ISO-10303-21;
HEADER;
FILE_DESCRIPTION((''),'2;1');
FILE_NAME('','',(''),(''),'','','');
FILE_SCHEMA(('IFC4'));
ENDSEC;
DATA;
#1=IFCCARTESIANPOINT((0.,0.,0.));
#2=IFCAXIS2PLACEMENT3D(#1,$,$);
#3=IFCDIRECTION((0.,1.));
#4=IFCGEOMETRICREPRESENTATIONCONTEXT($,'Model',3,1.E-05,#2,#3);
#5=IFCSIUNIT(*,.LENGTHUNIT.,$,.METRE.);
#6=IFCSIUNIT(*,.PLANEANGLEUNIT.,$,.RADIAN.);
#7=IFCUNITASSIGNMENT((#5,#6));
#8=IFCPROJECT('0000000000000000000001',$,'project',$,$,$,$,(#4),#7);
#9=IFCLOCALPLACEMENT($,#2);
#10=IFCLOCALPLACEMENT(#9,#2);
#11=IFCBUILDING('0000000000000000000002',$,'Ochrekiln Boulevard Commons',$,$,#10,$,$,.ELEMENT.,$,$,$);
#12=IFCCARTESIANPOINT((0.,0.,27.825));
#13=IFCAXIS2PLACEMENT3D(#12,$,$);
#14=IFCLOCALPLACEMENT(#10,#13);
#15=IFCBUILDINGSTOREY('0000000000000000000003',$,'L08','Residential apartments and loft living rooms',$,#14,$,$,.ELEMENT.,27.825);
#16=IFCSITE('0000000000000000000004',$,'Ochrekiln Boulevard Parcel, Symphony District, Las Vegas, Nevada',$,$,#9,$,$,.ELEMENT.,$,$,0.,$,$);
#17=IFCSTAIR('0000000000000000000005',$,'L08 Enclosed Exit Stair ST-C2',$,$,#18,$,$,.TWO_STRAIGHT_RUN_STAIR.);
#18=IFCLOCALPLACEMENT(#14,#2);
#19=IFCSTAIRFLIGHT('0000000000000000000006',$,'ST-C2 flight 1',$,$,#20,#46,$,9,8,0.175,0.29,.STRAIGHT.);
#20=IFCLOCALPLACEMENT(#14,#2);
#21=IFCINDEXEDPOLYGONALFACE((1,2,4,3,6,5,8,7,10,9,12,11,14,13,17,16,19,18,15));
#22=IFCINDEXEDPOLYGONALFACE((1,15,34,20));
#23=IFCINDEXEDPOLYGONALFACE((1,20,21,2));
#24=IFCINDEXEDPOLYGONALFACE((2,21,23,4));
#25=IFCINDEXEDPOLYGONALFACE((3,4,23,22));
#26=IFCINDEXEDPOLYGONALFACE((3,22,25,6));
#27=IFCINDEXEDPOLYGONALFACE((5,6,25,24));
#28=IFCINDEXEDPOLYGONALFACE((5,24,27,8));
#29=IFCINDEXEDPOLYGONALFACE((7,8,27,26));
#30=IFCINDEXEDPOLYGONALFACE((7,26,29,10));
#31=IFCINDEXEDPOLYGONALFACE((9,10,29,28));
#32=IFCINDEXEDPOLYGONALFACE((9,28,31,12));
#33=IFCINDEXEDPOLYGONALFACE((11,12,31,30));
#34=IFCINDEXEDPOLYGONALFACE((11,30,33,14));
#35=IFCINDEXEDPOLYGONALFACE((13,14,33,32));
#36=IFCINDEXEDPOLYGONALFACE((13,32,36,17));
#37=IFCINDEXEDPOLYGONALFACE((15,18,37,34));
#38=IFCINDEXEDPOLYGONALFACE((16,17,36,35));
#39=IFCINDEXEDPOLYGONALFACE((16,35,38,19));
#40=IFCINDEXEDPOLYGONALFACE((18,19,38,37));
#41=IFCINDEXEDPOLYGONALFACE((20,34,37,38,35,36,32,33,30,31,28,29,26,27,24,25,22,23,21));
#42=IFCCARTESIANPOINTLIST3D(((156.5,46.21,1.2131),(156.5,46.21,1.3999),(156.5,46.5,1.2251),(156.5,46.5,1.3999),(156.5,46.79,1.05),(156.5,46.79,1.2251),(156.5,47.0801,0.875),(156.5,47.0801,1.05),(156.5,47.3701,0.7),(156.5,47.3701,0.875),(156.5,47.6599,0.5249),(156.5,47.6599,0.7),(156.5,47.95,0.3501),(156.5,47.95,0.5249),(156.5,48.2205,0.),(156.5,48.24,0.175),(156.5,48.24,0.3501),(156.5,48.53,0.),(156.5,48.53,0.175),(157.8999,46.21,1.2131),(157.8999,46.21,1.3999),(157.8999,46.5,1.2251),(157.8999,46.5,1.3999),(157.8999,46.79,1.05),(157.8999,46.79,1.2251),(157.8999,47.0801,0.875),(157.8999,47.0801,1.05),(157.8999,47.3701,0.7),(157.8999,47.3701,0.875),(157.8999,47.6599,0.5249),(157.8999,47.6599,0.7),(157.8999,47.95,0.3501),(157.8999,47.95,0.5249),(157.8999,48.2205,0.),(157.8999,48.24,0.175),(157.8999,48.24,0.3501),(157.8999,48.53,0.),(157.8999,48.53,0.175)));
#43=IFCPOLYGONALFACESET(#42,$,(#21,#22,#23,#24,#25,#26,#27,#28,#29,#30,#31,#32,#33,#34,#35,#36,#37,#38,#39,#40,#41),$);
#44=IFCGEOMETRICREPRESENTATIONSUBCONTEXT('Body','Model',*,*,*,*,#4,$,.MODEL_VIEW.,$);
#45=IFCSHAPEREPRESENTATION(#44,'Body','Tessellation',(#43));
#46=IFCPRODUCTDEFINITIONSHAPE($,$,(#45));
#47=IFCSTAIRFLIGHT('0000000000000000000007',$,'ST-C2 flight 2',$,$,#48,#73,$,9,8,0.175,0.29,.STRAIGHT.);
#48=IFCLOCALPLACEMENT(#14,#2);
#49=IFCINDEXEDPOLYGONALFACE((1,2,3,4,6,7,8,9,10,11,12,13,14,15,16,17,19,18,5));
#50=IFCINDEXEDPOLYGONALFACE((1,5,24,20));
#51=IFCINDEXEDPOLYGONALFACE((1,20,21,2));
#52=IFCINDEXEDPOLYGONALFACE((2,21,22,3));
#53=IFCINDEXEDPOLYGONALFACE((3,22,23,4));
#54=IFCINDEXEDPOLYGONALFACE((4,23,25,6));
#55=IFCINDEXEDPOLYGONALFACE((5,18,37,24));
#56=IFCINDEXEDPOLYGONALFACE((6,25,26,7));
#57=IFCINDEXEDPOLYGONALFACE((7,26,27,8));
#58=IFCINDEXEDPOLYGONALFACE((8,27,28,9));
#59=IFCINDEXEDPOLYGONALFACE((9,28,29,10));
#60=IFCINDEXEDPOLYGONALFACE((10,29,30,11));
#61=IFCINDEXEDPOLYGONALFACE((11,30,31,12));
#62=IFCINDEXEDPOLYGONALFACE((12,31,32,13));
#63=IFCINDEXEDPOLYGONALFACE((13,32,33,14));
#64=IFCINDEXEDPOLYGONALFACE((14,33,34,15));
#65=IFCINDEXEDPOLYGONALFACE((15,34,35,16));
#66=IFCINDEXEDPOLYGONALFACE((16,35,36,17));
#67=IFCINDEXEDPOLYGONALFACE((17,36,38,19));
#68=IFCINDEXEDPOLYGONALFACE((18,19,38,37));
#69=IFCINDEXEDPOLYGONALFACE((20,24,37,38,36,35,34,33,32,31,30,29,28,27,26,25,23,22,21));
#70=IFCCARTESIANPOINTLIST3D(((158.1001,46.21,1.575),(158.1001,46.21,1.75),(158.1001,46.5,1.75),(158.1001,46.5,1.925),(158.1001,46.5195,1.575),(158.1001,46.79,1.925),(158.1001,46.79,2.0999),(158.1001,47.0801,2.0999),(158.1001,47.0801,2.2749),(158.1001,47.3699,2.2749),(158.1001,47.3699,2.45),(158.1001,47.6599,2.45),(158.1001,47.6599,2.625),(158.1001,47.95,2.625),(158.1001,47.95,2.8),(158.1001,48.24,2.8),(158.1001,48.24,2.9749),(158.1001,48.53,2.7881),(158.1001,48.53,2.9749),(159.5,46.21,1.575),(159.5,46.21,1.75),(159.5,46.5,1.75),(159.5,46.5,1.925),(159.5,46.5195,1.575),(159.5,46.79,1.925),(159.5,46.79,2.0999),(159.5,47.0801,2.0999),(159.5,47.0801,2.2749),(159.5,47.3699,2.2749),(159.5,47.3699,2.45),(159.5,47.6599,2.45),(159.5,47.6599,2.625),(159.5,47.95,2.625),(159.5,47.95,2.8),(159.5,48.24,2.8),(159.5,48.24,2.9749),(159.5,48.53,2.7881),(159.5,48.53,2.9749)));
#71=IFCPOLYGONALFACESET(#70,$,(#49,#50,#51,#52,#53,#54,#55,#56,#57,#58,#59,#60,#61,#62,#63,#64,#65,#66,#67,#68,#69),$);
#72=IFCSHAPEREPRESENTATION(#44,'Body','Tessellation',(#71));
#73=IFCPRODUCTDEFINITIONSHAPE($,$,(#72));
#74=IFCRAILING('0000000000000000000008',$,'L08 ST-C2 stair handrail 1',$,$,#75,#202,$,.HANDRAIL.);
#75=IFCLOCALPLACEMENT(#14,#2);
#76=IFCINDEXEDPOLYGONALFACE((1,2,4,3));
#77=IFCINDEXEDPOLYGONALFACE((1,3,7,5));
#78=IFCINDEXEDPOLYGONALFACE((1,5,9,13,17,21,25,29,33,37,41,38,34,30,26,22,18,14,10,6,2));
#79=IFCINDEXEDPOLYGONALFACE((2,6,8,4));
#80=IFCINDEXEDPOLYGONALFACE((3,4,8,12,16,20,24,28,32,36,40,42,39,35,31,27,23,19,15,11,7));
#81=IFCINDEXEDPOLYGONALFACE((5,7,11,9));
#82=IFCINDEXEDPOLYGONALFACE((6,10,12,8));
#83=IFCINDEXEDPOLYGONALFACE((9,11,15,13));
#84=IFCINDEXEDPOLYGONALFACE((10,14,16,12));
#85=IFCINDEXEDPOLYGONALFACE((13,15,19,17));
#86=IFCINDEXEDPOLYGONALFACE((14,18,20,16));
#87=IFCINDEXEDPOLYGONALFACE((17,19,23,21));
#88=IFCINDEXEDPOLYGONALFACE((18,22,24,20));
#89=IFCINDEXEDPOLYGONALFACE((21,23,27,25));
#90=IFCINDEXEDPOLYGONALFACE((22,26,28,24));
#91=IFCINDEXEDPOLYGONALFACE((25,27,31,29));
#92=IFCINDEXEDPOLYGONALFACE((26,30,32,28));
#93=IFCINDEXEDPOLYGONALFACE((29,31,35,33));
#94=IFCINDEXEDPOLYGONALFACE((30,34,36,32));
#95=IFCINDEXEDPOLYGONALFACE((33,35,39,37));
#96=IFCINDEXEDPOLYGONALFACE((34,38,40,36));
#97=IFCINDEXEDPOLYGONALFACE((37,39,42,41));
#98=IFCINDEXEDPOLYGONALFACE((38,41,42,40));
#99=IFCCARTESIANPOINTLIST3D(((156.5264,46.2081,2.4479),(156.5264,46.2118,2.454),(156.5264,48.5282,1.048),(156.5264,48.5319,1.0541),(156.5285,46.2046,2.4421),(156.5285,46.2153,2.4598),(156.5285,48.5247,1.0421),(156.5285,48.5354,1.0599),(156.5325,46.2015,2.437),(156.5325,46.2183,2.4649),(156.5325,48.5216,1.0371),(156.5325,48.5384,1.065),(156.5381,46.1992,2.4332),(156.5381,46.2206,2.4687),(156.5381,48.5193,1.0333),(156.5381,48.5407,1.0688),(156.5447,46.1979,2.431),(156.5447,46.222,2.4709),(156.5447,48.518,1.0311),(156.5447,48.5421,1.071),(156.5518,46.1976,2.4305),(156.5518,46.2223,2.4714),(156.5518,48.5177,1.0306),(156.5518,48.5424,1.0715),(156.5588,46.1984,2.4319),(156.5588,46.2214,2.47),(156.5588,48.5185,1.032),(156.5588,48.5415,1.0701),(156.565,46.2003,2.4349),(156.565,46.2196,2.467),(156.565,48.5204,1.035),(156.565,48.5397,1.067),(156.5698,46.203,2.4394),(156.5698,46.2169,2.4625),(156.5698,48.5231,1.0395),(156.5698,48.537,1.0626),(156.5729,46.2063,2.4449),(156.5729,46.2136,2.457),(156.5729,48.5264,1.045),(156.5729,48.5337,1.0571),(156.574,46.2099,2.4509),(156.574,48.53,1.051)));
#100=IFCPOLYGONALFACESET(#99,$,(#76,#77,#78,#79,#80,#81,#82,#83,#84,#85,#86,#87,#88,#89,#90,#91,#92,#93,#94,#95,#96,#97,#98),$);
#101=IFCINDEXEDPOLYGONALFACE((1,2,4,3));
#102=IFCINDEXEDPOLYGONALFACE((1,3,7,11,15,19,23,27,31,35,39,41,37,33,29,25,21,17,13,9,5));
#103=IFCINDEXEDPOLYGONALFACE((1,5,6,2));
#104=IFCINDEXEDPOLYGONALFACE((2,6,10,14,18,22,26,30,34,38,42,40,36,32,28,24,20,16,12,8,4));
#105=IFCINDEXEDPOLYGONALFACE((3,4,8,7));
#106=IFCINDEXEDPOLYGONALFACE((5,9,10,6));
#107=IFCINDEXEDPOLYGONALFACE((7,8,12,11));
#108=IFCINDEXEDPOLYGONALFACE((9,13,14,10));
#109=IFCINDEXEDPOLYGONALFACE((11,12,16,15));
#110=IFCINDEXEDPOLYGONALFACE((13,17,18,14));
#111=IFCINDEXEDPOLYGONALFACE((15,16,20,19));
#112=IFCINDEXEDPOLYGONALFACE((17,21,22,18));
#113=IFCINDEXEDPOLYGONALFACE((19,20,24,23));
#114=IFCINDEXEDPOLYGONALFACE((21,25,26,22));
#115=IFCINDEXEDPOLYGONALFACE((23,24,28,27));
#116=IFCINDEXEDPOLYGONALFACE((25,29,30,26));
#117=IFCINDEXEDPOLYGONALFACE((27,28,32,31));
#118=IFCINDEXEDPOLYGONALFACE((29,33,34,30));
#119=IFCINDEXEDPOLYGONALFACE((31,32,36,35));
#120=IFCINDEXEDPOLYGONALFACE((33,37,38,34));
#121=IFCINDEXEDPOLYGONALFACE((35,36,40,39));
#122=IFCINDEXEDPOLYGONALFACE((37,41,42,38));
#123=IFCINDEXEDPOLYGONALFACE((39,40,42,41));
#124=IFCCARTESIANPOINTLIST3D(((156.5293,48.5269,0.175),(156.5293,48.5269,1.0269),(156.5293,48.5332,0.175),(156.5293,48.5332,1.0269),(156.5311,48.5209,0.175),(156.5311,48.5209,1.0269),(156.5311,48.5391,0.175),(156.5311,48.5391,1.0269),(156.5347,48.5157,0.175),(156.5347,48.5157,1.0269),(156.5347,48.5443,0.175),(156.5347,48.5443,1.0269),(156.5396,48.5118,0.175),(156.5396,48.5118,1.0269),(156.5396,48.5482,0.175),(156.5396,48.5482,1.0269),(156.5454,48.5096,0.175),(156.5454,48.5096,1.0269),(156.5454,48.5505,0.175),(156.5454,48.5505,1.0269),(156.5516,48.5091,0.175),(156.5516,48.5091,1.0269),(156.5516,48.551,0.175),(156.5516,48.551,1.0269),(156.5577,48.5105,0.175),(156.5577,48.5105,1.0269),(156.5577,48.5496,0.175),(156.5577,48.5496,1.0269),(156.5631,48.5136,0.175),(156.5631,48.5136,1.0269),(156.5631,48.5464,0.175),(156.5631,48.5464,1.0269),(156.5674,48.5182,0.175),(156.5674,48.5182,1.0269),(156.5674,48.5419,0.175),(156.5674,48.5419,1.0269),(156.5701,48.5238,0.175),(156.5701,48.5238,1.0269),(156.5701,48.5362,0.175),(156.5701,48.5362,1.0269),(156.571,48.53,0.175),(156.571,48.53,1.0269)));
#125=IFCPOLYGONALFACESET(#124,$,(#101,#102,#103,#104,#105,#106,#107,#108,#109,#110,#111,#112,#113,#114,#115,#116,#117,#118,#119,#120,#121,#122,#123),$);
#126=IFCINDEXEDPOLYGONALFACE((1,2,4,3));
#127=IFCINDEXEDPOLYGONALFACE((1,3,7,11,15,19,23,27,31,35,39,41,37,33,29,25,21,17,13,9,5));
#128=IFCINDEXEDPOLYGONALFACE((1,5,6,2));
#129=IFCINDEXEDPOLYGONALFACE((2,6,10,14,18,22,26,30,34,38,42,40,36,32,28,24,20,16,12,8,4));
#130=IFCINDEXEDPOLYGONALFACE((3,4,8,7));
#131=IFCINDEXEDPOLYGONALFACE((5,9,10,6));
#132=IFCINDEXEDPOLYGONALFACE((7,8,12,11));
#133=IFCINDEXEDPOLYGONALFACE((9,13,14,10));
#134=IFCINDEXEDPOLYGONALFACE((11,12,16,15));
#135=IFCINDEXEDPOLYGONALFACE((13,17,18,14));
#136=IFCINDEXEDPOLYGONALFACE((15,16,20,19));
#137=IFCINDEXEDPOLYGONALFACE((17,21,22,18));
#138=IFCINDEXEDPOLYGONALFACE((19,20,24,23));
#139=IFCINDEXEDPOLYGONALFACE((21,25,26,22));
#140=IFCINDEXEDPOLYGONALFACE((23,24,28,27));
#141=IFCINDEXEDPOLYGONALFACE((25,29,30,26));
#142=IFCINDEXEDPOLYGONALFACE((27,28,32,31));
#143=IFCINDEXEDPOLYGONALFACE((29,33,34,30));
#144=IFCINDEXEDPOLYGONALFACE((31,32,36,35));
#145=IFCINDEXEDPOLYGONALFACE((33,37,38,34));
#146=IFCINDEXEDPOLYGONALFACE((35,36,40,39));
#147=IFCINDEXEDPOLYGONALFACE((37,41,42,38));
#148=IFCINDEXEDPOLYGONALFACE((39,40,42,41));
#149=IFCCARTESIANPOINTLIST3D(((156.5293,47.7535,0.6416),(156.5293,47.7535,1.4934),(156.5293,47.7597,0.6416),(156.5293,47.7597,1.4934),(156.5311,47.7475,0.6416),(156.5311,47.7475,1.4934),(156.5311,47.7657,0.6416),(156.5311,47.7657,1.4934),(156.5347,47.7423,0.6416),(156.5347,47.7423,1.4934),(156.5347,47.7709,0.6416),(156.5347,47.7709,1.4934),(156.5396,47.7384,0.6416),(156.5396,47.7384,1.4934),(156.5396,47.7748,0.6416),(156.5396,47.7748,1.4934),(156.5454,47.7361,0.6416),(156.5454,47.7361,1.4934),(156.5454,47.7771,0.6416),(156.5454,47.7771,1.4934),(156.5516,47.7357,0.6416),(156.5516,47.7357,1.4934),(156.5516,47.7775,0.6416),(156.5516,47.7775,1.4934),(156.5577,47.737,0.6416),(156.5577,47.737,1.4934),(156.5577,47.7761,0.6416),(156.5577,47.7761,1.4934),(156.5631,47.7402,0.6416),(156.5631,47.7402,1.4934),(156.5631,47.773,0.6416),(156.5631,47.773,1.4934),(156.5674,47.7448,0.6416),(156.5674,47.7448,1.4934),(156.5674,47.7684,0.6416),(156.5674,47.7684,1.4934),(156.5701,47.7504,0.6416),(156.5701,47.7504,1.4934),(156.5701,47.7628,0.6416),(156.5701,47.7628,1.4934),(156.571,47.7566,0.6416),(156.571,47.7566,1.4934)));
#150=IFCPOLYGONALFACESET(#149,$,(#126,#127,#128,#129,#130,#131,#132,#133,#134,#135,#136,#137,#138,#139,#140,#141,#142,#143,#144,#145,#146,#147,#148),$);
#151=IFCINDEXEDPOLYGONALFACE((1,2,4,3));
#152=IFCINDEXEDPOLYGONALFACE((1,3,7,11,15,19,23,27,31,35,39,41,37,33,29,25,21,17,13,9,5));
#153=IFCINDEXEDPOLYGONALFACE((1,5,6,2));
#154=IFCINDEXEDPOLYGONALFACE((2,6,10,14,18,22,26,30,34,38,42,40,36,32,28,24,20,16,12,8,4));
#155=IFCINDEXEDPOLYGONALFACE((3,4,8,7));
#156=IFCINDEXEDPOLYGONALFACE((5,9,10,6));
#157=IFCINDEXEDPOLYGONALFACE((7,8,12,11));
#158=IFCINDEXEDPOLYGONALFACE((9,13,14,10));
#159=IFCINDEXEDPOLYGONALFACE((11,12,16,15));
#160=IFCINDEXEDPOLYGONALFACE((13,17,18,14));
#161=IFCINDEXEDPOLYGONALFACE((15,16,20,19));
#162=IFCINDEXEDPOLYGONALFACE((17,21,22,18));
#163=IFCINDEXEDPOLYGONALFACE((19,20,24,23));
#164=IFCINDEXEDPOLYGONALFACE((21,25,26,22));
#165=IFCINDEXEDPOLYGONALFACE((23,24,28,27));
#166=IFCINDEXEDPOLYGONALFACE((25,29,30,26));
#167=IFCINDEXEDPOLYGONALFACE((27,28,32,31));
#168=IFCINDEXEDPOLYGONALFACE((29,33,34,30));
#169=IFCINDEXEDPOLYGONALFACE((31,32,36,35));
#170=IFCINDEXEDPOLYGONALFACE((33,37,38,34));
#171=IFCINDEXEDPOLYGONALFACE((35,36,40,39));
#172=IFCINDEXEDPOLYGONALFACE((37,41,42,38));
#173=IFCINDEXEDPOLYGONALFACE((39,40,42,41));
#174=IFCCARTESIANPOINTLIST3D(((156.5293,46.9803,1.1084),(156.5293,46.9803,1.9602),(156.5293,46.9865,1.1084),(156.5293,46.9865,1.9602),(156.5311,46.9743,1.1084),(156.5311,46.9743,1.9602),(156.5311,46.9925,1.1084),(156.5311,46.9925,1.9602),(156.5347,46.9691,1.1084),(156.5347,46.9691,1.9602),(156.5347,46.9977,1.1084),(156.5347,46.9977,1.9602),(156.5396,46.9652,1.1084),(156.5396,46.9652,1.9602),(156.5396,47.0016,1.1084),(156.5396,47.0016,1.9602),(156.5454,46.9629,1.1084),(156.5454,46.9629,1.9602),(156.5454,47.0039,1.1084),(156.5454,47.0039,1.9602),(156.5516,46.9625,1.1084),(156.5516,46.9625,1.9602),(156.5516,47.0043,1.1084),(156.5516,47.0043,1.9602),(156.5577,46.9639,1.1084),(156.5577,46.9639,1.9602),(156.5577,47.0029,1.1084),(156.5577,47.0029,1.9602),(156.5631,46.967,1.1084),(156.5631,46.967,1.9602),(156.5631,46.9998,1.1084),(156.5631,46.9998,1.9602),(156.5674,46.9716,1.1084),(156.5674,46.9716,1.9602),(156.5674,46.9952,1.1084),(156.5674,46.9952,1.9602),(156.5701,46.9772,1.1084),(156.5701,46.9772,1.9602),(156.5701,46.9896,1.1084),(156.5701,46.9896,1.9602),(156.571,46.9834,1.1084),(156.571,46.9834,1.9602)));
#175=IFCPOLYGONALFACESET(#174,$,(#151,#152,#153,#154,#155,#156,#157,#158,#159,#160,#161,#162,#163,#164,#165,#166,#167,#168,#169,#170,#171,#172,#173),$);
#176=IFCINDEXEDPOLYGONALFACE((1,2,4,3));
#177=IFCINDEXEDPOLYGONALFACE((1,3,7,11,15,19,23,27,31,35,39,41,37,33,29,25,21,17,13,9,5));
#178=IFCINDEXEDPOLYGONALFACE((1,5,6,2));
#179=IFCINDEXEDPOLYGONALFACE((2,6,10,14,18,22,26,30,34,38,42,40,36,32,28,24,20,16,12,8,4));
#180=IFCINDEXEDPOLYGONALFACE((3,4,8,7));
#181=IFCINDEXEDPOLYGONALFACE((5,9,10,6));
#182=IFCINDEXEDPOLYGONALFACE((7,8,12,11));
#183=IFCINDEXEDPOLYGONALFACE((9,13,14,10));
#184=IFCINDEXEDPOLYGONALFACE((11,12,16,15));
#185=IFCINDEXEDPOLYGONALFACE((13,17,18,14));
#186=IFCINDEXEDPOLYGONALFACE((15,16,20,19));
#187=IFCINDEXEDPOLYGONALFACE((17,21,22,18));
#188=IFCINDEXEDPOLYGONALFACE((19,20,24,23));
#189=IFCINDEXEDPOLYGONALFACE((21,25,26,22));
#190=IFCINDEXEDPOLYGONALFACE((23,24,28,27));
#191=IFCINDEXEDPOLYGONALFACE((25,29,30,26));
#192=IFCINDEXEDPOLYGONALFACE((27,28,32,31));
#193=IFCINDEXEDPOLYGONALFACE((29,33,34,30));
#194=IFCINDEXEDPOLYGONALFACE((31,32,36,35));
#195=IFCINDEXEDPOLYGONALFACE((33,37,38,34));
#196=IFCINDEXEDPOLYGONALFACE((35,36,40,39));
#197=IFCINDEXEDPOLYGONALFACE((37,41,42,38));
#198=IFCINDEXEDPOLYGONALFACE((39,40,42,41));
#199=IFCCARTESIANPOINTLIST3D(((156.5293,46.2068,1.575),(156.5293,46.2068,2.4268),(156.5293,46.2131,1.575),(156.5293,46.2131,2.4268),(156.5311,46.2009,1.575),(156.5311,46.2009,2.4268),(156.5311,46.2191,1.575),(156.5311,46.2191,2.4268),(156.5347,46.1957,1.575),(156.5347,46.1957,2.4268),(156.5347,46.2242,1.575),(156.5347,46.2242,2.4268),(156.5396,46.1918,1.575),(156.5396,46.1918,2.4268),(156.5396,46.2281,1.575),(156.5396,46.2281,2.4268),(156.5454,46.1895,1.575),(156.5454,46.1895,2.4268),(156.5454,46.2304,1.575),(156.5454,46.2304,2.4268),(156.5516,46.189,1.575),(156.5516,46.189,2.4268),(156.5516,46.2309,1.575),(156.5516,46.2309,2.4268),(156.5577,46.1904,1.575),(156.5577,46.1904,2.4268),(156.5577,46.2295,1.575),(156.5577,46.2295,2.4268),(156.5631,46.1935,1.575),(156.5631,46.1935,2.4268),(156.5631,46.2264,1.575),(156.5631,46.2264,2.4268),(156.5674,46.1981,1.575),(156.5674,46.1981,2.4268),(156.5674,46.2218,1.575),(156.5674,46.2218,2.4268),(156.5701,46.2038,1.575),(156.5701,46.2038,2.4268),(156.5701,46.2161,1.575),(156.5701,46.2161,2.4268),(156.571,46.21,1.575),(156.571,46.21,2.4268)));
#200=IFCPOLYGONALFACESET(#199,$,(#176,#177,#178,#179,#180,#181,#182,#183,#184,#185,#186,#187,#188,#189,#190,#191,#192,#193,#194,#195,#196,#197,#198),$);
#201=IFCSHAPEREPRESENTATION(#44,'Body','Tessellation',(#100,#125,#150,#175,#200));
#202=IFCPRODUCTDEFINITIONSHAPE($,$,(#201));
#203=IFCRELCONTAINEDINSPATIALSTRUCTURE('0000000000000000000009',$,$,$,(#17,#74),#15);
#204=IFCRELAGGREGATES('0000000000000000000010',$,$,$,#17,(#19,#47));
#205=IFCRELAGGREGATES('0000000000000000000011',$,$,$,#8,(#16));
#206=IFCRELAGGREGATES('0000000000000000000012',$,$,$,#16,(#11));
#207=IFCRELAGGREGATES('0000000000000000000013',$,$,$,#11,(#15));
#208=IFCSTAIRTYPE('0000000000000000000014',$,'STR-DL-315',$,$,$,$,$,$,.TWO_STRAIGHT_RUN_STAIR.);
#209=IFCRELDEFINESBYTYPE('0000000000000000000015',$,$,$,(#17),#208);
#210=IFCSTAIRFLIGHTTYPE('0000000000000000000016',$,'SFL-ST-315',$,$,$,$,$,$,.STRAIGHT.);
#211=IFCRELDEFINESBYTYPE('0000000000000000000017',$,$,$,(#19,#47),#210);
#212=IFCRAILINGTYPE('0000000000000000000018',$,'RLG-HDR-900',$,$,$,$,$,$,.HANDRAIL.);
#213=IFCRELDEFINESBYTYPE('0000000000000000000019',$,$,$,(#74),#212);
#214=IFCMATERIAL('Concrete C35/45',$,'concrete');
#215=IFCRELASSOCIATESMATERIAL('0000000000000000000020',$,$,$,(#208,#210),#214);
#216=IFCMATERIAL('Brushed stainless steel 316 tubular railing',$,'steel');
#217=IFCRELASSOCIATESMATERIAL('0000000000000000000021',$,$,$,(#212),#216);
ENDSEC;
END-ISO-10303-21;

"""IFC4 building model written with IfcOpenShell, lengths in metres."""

from ifc_helpers import new_model, si_unit, direction, frame, origin, origin_2d, place, context, subcontext, project, spatial, polyline, circle, outline, extrude, material, type_object, element, aggregate, save


model = new_model("IFC4")

# Units and contexts
model_context = context("Model", 3, precision=1e-05, world=origin(), true_north=direction((0.0, 1.0)))
body_context = subcontext(model_context, "Body", "Model", "MODEL_VIEW")
ifc_project = project(units=[si_unit("LENGTHUNIT", "METRE"), si_unit("PLANEANGLEUNIT", "RADIAN")], contexts=[model_context])

# Site, building, storey
site_placement = place(None, origin())
site = spatial("IfcSite", under=ifc_project, at=site_placement, Name="Ochrekiln Boulevard Parcel, Symphony District, Las Vegas, Nevada", CompositionType="ELEMENT", RefElevation=0.0)
building_placement = place(site_placement, origin())
building = spatial("IfcBuilding", under=site, at=building_placement, Name="Ochrekiln Boulevard Commons", CompositionType="ELEMENT")
storey_placement = place(building_placement, frame((0.0, 0.0, 27.825)))
storey = spatial("IfcBuildingStorey", under=building, at=storey_placement, Name="L08", Description="Residential apartments and loft living rooms", CompositionType="ELEMENT", Elevation=27.825)

# Shared definitions
ifc_material_1 = material(Name="Concrete C35/45", Category="concrete")

# Stair, stair flights
stair_type = type_object("IfcStairType", Name="STR-DL-315", PredefinedType="TWO_STRAIGHT_RUN_STAIR", material=ifc_material_1)
stair_placement = place(storey_placement, origin())
stair = element("IfcStair", 1, at=stair_placement, inside=storey, type_object=stair_type, Name="L08 Enclosed Exit Stair ST-C2", PredefinedType="TWO_STRAIGHT_RUN_STAIR")
stair_flight_type = type_object("IfcStairFlightType", Name="SFL-ST-315", PredefinedType="STRAIGHT", material=ifc_material_1)
stair_flight_1_placement = place(storey_placement, frame((157.2, 48.53, 0.0), z_axis=(0.0, 0.0, 1.0), x_axis=(0.0, -1.0, 0.0)))
stair_flight_1 = element("IfcStairFlight", 2, at=stair_flight_1_placement, type_object=stair_flight_type, Name="ST-C2 flight 1", NumberOfRisers=9, NumberOfTreads=8, PredefinedType="STRAIGHT", RiserHeight=0.175, TreadLength=0.29, context=body_context, shape_type="SweptSolid", body=[
    extrude(outline(polyline([(0.0, 0.0), (0.0, 0.175), (0.29, 0.175), (0.29, 0.3501), (0.5801, 0.3501), (0.5801, 0.5249), (0.8701, 0.5249), (0.8701, 0.7), (1.1599, 0.7), (1.1599, 0.875), (1.45, 0.875), (1.45, 1.05), (1.74, 1.05), (1.74, 1.2251), (2.03, 1.2251), (2.03, 1.3999), (2.3201, 1.3999), (2.3201, 1.575), (2.3201, 1.2131), (0.3096, 0.0), (0.0, 0.0)])), frame((0.0, 0.7, 0.0), z_axis=(0.0, -1.0, 0.0), x_axis=(1.0, 0.0, 0.0)), (0.0, 0.0, 1.0), 1.3999),
])
stair_flight_2_placement = place(storey_placement, frame((158.8, 46.21, 1.575), z_axis=(0.0, 0.0, 1.0), x_axis=(0.0, 1.0, 0.0)))
stair_flight_2 = element("IfcStairFlight", 3, at=stair_flight_2_placement, type_object=stair_flight_type, Name="ST-C2 flight 2", NumberOfRisers=9, NumberOfTreads=8, PredefinedType="STRAIGHT", RiserHeight=0.175, TreadLength=0.29, context=body_context, shape_type="SweptSolid", body=[
    extrude(outline(polyline([(0.0, 0.0), (0.0, 0.175), (0.29, 0.175), (0.29, 0.3501), (0.5801, 0.3501), (0.5801, 0.5249), (0.8701, 0.5249), (0.8701, 0.7), (1.1599, 0.7), (1.1599, 0.875), (1.45, 0.875), (1.45, 1.05), (1.74, 1.05), (1.74, 1.2251), (2.03, 1.2251), (2.03, 1.3999), (2.3201, 1.3999), (2.3201, 1.575), (2.3201, 1.2131), (0.3096, 0.0), (0.0, 0.0)])), frame((0.0, 0.7, 0.0), z_axis=(0.0, -1.0, 0.0), x_axis=(1.0, 0.0, 0.0)), (0.0, 0.0, 1.0), 1.3999),
])
aggregate(stair, [stair_flight_1, stair_flight_2])

# Railing
ifc_material_2 = material(Name="Brushed stainless steel 316 tubular railing", Category="steel")
railing_type_1 = type_object("IfcRailingType", Name="RLG-HDR-900", PredefinedType="HANDRAIL", material=ifc_material_2)
railing_1_placement = place(storey_placement, frame((156.55, 48.53, 0.175)))
element("IfcRailing", 4, at=railing_1_placement, inside=storey, type_object=railing_type_1, Name="L08 ST-C2 stair handrail 1", PredefinedType="HANDRAIL", context=body_context, shape_type="SweptSolid", body=[
    extrude(circle(Radius=0.0239, at=origin_2d()), frame((0.0, 0.0, 0.876), z_axis=(0.0, -0.85621, 0.516627), x_axis=(1.0, 0.0, 0.0)), (0.0, 0.0, 1.0), 2.7097),
    extrude(circle(Radius=0.021, at=origin_2d()), origin(), (0.0, 0.0, 1.0), 0.8518),
    extrude(circle(Radius=0.021, at=origin_2d()), frame((0.0, -0.7734, 0.4666)), (0.0, 0.0, 1.0), 0.8518),
    extrude(circle(Radius=0.021, at=origin_2d()), frame((0.0, -1.5466, 0.9333)), (0.0, 0.0, 1.0), 0.8518),
    extrude(circle(Radius=0.021, at=origin_2d()), frame((0.0, -2.3201, 1.3999)), (0.0, 0.0, 1.0), 0.8518),
])

save(model, "model.ifc")
